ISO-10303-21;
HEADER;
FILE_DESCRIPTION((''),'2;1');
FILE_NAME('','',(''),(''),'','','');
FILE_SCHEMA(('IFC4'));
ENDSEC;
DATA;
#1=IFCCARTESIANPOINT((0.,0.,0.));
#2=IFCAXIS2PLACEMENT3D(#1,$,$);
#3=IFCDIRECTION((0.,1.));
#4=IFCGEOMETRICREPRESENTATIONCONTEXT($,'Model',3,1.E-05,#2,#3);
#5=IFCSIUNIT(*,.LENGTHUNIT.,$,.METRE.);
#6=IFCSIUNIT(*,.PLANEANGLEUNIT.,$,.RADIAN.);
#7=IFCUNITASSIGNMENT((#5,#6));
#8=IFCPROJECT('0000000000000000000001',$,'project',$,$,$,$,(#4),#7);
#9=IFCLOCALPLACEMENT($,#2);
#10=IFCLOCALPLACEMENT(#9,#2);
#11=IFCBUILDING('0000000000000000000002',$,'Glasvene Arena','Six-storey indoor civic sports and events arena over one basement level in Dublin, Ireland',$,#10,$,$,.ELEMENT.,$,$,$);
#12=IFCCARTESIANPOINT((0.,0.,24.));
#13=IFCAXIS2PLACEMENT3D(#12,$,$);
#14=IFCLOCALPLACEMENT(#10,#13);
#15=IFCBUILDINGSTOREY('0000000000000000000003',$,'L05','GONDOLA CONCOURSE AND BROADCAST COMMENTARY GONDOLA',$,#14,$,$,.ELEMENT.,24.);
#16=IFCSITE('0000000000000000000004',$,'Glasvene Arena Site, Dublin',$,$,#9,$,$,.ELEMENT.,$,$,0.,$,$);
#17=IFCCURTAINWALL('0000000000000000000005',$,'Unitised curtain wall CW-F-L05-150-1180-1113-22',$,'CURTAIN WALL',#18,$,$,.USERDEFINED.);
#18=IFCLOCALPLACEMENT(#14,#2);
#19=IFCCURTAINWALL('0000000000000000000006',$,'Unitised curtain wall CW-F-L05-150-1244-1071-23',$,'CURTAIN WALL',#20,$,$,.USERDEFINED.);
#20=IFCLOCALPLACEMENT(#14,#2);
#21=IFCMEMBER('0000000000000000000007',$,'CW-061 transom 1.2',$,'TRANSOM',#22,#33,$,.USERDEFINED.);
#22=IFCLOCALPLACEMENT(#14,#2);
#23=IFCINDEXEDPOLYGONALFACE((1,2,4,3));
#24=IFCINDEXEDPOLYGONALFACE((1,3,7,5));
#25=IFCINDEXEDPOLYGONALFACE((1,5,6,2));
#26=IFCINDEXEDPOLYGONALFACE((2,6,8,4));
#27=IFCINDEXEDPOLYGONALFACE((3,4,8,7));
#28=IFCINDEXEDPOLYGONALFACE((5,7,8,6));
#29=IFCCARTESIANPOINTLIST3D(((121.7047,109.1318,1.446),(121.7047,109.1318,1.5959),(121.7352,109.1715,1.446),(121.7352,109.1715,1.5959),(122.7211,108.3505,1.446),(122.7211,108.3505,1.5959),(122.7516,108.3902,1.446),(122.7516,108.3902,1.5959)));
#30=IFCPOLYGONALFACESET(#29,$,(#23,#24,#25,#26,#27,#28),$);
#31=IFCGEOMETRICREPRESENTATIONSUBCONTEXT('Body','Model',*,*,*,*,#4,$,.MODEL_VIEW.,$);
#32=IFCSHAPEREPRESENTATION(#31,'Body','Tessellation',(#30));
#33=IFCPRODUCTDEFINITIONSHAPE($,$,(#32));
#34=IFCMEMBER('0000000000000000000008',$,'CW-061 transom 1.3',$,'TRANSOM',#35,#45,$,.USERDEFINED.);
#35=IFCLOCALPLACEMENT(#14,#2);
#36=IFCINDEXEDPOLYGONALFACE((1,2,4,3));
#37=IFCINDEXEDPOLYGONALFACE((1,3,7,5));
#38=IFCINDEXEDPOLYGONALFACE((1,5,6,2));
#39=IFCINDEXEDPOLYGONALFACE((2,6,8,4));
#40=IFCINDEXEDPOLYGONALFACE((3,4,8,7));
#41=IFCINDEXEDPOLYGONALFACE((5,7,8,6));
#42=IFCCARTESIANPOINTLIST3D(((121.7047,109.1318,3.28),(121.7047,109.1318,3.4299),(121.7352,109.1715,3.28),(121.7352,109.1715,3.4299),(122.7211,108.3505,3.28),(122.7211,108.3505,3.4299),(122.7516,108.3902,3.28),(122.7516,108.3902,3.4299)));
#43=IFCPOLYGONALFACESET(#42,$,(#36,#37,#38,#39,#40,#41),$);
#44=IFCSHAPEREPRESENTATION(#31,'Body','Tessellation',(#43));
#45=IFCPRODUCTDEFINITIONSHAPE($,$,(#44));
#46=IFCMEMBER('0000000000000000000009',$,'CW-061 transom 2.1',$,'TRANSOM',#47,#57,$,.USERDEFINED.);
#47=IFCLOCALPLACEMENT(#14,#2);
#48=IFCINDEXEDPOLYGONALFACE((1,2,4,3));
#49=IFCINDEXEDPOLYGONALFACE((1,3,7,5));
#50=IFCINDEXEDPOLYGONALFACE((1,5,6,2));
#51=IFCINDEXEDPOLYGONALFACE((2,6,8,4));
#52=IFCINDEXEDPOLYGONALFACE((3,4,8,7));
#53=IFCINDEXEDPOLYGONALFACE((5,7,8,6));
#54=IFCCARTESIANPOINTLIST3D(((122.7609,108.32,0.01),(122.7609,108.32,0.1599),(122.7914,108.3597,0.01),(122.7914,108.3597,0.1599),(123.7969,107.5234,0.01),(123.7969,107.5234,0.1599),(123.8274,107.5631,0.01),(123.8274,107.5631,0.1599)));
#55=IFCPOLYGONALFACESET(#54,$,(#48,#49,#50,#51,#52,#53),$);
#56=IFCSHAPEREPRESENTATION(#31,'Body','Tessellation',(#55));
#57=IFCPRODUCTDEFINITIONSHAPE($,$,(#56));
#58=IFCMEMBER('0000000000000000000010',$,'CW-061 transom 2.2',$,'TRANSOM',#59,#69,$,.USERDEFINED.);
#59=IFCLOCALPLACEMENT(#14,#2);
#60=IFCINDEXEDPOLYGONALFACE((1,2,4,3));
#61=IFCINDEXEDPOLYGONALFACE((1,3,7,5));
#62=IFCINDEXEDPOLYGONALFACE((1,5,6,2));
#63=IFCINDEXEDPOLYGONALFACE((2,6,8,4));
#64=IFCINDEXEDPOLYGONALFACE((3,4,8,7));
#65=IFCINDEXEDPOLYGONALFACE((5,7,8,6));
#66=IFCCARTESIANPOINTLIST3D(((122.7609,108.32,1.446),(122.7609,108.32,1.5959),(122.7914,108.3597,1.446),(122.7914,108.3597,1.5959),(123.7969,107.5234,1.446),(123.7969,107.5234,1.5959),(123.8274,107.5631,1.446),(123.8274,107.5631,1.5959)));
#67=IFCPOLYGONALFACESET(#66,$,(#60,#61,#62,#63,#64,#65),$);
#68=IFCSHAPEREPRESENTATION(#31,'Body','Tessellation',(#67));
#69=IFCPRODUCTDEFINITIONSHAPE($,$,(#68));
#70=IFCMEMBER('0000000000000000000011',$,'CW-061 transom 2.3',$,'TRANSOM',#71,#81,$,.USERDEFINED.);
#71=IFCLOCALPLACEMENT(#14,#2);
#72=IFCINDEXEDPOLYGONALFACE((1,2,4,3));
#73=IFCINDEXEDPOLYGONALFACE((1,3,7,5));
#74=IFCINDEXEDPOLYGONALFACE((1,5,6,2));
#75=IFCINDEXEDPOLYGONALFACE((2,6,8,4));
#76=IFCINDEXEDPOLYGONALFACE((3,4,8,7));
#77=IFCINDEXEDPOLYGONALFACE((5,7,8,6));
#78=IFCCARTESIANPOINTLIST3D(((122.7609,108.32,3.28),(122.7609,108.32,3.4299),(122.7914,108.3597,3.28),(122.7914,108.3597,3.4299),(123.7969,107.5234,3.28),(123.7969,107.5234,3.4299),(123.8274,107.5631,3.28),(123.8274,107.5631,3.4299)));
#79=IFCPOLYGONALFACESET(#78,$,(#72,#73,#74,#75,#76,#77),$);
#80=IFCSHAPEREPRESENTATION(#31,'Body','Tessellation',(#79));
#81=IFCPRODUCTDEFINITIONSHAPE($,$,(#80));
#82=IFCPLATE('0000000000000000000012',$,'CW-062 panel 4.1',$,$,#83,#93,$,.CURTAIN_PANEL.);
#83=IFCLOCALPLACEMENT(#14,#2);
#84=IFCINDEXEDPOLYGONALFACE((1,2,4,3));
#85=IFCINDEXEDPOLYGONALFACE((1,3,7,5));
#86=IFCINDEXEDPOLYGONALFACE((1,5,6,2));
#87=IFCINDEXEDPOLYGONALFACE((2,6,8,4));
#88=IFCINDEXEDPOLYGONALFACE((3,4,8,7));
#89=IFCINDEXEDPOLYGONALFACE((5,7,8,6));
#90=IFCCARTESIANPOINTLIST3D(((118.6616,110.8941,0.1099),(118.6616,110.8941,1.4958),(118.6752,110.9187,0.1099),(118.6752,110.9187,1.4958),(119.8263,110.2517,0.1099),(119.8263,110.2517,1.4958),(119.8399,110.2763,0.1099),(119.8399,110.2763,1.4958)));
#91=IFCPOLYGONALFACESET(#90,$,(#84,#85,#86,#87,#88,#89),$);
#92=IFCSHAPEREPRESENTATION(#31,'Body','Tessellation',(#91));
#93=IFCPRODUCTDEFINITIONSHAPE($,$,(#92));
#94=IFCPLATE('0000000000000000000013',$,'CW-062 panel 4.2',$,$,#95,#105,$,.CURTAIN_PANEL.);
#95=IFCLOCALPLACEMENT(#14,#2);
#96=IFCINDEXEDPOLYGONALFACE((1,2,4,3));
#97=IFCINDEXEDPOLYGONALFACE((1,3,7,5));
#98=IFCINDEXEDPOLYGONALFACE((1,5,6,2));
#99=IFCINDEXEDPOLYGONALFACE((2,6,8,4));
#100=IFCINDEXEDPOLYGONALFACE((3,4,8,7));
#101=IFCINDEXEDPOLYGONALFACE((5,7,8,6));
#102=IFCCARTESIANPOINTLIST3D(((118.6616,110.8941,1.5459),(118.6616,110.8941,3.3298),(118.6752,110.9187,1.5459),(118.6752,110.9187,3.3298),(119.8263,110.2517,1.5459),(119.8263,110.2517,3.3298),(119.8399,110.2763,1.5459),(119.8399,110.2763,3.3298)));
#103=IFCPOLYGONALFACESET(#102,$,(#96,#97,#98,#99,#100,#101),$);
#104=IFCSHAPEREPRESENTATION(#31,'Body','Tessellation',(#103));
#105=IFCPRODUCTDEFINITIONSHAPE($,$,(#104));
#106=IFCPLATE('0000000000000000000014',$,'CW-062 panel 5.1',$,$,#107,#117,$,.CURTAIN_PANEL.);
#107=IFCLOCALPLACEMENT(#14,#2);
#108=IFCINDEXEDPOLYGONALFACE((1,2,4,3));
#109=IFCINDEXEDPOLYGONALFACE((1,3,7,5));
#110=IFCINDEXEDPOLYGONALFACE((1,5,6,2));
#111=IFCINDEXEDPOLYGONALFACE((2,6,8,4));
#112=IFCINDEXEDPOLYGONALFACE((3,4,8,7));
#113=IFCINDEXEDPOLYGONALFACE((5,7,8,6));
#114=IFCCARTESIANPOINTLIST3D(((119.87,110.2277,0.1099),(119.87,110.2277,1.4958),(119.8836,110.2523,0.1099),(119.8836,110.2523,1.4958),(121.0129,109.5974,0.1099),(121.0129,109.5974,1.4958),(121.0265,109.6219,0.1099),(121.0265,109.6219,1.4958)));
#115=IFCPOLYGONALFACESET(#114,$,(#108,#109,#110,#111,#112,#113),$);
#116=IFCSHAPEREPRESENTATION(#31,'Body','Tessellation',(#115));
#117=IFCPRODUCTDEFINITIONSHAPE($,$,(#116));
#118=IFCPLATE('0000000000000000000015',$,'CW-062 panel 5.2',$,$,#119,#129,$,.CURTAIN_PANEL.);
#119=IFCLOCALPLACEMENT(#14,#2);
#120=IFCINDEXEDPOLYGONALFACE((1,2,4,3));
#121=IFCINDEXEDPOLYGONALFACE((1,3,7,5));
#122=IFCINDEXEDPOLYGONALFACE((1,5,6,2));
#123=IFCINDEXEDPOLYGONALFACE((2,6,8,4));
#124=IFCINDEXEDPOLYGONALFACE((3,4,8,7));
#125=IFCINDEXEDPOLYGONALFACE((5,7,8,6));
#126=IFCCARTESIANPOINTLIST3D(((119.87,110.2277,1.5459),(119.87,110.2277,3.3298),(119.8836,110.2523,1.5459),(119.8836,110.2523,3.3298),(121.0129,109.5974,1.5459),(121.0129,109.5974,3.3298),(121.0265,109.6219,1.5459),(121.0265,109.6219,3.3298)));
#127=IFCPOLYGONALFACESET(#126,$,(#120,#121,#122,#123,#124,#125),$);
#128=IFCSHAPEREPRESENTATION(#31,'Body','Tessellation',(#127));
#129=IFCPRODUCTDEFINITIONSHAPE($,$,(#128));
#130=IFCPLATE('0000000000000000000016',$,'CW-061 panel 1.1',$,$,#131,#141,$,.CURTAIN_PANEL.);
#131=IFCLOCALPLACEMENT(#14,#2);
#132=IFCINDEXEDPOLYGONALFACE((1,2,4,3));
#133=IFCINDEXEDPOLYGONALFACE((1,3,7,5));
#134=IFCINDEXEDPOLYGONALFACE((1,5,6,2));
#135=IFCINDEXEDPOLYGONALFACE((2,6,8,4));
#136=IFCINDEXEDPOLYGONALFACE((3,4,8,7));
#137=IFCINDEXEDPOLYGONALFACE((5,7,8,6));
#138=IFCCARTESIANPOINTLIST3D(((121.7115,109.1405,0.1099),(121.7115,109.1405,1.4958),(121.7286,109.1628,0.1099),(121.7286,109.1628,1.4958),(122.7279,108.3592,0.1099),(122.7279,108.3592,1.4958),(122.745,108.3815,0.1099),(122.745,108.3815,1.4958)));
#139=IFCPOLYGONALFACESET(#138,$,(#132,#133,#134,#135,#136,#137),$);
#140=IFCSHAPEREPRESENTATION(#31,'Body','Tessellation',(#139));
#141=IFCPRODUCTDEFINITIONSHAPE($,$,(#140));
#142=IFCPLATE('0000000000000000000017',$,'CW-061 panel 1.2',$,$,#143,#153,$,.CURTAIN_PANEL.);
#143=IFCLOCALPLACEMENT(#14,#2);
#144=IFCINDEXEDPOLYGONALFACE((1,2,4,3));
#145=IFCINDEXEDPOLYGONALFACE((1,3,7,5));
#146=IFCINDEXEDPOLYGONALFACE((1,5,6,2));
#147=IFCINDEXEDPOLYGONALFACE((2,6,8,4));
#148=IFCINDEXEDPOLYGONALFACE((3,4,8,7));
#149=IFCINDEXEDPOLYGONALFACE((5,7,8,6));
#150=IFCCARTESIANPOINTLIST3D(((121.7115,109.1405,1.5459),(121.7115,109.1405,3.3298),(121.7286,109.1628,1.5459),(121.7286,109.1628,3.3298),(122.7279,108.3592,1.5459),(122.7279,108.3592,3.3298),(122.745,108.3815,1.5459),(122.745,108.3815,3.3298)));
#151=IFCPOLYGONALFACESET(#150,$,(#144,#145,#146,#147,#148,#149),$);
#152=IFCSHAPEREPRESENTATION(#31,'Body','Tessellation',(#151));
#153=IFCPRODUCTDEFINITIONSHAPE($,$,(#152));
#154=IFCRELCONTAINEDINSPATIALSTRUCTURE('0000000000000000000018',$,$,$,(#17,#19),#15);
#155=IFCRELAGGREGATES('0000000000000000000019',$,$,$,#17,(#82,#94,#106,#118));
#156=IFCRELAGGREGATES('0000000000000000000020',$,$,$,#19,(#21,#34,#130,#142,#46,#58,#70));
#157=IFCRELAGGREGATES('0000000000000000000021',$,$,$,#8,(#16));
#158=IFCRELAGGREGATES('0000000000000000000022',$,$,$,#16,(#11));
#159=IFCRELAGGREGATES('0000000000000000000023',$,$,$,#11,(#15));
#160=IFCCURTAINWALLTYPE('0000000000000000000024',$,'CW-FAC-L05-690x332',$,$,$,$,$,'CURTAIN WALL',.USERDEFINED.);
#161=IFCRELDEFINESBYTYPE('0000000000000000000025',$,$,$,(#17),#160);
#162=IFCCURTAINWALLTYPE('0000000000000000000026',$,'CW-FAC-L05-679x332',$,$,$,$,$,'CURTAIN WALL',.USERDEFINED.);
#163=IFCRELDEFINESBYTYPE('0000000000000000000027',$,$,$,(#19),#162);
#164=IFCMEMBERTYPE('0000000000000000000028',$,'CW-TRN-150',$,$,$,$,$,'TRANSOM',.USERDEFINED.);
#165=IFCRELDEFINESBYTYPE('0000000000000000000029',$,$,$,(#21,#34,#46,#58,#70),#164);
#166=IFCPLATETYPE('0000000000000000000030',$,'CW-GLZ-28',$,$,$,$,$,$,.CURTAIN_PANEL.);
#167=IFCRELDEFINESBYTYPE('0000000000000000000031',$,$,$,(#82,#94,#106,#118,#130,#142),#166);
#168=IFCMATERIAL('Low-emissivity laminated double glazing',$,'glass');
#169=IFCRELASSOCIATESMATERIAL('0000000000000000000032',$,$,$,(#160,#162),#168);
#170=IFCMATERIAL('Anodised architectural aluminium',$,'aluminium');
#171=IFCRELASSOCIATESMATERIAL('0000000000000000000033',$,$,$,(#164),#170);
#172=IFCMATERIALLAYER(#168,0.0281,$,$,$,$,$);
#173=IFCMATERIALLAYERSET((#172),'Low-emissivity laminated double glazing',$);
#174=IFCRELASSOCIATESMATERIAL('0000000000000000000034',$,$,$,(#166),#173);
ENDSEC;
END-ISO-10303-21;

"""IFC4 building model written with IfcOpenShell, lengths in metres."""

from ifc_helpers import new_model, si_unit, direction, frame, origin, origin_2d, place, context, subcontext, project, spatial, rectangle, extrude, material, layer, layer_set, material_profile, profile_set, type_object, element, aggregate, save


model = new_model("IFC4")

# Units and contexts
model_context = context("Model", 3, precision=1e-05, world=origin(), true_north=direction((0.0, 1.0)))
body_context = subcontext(model_context, "Body", "Model", "MODEL_VIEW")
ifc_project = project(units=[si_unit("LENGTHUNIT", "METRE"), si_unit("PLANEANGLEUNIT", "RADIAN")], contexts=[model_context])

# Site, building, storey
site_placement = place(None, origin())
site = spatial("IfcSite", under=ifc_project, at=site_placement, Name="Glasvene Arena Site, Dublin", CompositionType="ELEMENT", RefElevation=0.0)
building_placement = place(site_placement, origin())
building = spatial("IfcBuilding", under=site, at=building_placement, Name="Glasvene Arena", Description="Six-storey indoor civic sports and events arena over one basement level in Dublin, Ireland", CompositionType="ELEMENT")
storey_placement = place(building_placement, frame((0.0, 0.0, 24.0)))
storey = spatial("IfcBuildingStorey", under=building, at=storey_placement, Name="L05", Description="GONDOLA CONCOURSE AND BROADCAST COMMENTARY GONDOLA", CompositionType="ELEMENT", Elevation=24.0)

# Curtain walls
ifc_material_1 = material(Name="Low-emissivity laminated double glazing", Category="glass")
curtain_wall_type_1 = type_object("IfcCurtainWallType", Name="CW-FAC-L05-690x332", ElementType="CURTAIN WALL", PredefinedType="USERDEFINED", material=ifc_material_1)
curtain_wall_1_placement = place(storey_placement, frame((115.021, 112.9182, 0.0)))
curtain_wall_1 = element("IfcCurtainWall", 1, at=curtain_wall_1_placement, inside=storey, type_object=curtain_wall_type_1, Name="Unitised curtain wall CW-F-L05-150-1180-1113-22", ObjectType="CURTAIN WALL", PredefinedType="USERDEFINED")
ifc_material_2 = material(Name="Anodised architectural aluminium", Category="aluminium")
curtain_wall_type_2 = type_object("IfcCurtainWallType", Name="CW-FAC-L05-679x332", ElementType="CURTAIN WALL", PredefinedType="USERDEFINED", material=ifc_material_1)
curtain_wall_2_placement = place(storey_placement, frame((121.6804, 109.1821, 0.0)))
curtain_wall_2 = element("IfcCurtainWall", 2, at=curtain_wall_2_placement, inside=storey, type_object=curtain_wall_type_2, Name="Unitised curtain wall CW-F-L05-150-1244-1071-23", ObjectType="CURTAIN WALL", PredefinedType="USERDEFINED")

# Members
ifc_material_profile_1 = material_profile(ifc_material_2, rectangle(XDim=0.05, YDim=0.1499, at=origin_2d()), Name="ALU TRANSOM 50x150")
ifc_profile_set_1 = profile_set([ifc_material_profile_1], Name="Anodised architectural aluminium")
member_type_1 = type_object("IfcMemberType", Name="CW-TRN-150", ElementType="TRANSOM", PredefinedType="USERDEFINED", material=ifc_profile_set_1)
member_1_placement = place(storey_placement, frame((121.72, 109.1516, 1.521), z_axis=(0.792836, -0.609435, 0.0), x_axis=(0.609435, 0.792836, 0.0)))
member_1 = element("IfcMember", 3, at=member_1_placement, type_object=member_type_1, Name="CW-061 transom 1.2", ObjectType="TRANSOM", PredefinedType="USERDEFINED", context=body_context, shape_type="SweptSolid", body=[
    extrude(rectangle(XDim=0.05, YDim=0.1499, at=origin_2d()), origin(), (0.0, 0.0, 1.0), 1.282),
])
member_2_placement = place(storey_placement, frame((121.72, 109.1516, 3.355), z_axis=(0.792836, -0.609435, 0.0), x_axis=(0.609435, 0.792836, 0.0)))
member_2 = element("IfcMember", 4, at=member_2_placement, type_object=member_type_1, Name="CW-061 transom 1.3", ObjectType="TRANSOM", PredefinedType="USERDEFINED", context=body_context, shape_type="SweptSolid", body=[
    extrude(rectangle(XDim=0.05, YDim=0.1499, at=origin_2d()), origin(), (0.0, 0.0, 1.0), 1.282),
])
member_3_placement = place(storey_placement, frame((122.7761, 108.3398, 0.085), z_axis=(0.79277, -0.609521, 0.0), x_axis=(0.609521, 0.79277, 0.0)))
member_3 = element("IfcMember", 5, at=member_3_placement, type_object=member_type_1, Name="CW-061 transom 2.1", ObjectType="TRANSOM", PredefinedType="USERDEFINED", context=body_context, shape_type="SweptSolid", body=[
    extrude(rectangle(XDim=0.05, YDim=0.1499, at=origin_2d()), origin(), (0.0, 0.0, 1.0), 1.3069),
])
member_4_placement = place(storey_placement, frame((122.7761, 108.3398, 1.521), z_axis=(0.79277, -0.609521, 0.0), x_axis=(0.609521, 0.79277, 0.0)))
member_4 = element("IfcMember", 6, at=member_4_placement, type_object=member_type_1, Name="CW-061 transom 2.2", ObjectType="TRANSOM", PredefinedType="USERDEFINED", context=body_context, shape_type="SweptSolid", body=[
    extrude(rectangle(XDim=0.05, YDim=0.1499, at=origin_2d()), origin(), (0.0, 0.0, 1.0), 1.3069),
])
member_5_placement = place(storey_placement, frame((122.7761, 108.3398, 3.355), z_axis=(0.79277, -0.609521, 0.0), x_axis=(0.609521, 0.79277, 0.0)))
member_5 = element("IfcMember", 7, at=member_5_placement, type_object=member_type_1, Name="CW-061 transom 2.3", ObjectType="TRANSOM", PredefinedType="USERDEFINED", context=body_context, shape_type="SweptSolid", body=[
    extrude(rectangle(XDim=0.05, YDim=0.1499, at=origin_2d()), origin(), (0.0, 0.0, 1.0), 1.3069),
])

# Plates
ifc_layer = layer(ifc_material_1, 0.0281)
ifc_layer_set = layer_set([ifc_layer], Name="Low-emissivity laminated double glazing")
plate_type = type_object("IfcPlateType", Name="CW-GLZ-28", PredefinedType="CURTAIN_PANEL", material=ifc_layer_set)
plate_1_placement = place(storey_placement, frame((119.2507, 110.5852, 0.1099), z_axis=(0.0, 0.0, 1.0), x_axis=(0.875654, -0.482939, 0.0)))
plate_1 = element("IfcPlate", 8, at=plate_1_placement, type_object=plate_type, Name="CW-062 panel 4.1", PredefinedType="CURTAIN_PANEL", context=body_context, shape_type="SweptSolid", body=[
    extrude(rectangle(XDim=1.3301, YDim=0.0281, at=origin_2d()), origin(), (0.0, 0.0, 1.0), 1.386),
])
plate_2_placement = place(storey_placement, frame((119.2507, 110.5852, 1.5459), z_axis=(0.0, 0.0, 1.0), x_axis=(0.875654, -0.482939, 0.0)))
plate_2 = element("IfcPlate", 9, at=plate_2_placement, type_object=plate_type, Name="CW-062 panel 4.2", PredefinedType="CURTAIN_PANEL", context=body_context, shape_type="SweptSolid", body=[
    extrude(rectangle(XDim=1.3301, YDim=0.0281, at=origin_2d()), origin(), (0.0, 0.0, 1.0), 1.7839),
])
plate_3_placement = place(storey_placement, frame((120.4482, 109.9248, 0.1099), z_axis=(0.0, 0.0, 1.0), x_axis=(0.875654, -0.482939, 0.0)))
plate_3 = element("IfcPlate", 10, at=plate_3_placement, type_object=plate_type, Name="CW-062 panel 5.1", PredefinedType="CURTAIN_PANEL", context=body_context, shape_type="SweptSolid", body=[
    extrude(rectangle(XDim=1.3052, YDim=0.0281, at=origin_2d()), origin(), (0.0, 0.0, 1.0), 1.386),
])
plate_4_placement = place(storey_placement, frame((120.4482, 109.9248, 1.5459), z_axis=(0.0, 0.0, 1.0), x_axis=(0.875654, -0.482939, 0.0)))
plate_4 = element("IfcPlate", 11, at=plate_4_placement, type_object=plate_type, Name="CW-062 panel 5.2", PredefinedType="CURTAIN_PANEL", context=body_context, shape_type="SweptSolid", body=[
    extrude(rectangle(XDim=1.3052, YDim=0.0281, at=origin_2d()), origin(), (0.0, 0.0, 1.0), 1.7839),
])
aggregate(curtain_wall_1, [plate_1, plate_2, plate_3, plate_4])
plate_5_placement = place(storey_placement, frame((122.2283, 108.761, 0.1099), z_axis=(0.0, 0.0, 1.0), x_axis=(0.79284, -0.60943, 0.0)))
plate_5 = element("IfcPlate", 12, at=plate_5_placement, type_object=plate_type, Name="CW-061 panel 1.1", PredefinedType="CURTAIN_PANEL", context=body_context, shape_type="SweptSolid", body=[
    extrude(rectangle(XDim=1.282, YDim=0.0281, at=origin_2d()), origin(), (0.0, 0.0, 1.0), 1.386),
])
plate_6_placement = place(storey_placement, frame((122.2283, 108.761, 1.5459), z_axis=(0.0, 0.0, 1.0), x_axis=(0.79284, -0.60943, 0.0)))
plate_6 = element("IfcPlate", 13, at=plate_6_placement, type_object=plate_type, Name="CW-061 panel 1.2", PredefinedType="CURTAIN_PANEL", context=body_context, shape_type="SweptSolid", body=[
    extrude(rectangle(XDim=1.282, YDim=0.0281, at=origin_2d()), origin(), (0.0, 0.0, 1.0), 1.7839),
])
aggregate(curtain_wall_2, [member_1, member_2, plate_5, plate_6, member_3, member_4, member_5])

save(model, "model.ifc")
